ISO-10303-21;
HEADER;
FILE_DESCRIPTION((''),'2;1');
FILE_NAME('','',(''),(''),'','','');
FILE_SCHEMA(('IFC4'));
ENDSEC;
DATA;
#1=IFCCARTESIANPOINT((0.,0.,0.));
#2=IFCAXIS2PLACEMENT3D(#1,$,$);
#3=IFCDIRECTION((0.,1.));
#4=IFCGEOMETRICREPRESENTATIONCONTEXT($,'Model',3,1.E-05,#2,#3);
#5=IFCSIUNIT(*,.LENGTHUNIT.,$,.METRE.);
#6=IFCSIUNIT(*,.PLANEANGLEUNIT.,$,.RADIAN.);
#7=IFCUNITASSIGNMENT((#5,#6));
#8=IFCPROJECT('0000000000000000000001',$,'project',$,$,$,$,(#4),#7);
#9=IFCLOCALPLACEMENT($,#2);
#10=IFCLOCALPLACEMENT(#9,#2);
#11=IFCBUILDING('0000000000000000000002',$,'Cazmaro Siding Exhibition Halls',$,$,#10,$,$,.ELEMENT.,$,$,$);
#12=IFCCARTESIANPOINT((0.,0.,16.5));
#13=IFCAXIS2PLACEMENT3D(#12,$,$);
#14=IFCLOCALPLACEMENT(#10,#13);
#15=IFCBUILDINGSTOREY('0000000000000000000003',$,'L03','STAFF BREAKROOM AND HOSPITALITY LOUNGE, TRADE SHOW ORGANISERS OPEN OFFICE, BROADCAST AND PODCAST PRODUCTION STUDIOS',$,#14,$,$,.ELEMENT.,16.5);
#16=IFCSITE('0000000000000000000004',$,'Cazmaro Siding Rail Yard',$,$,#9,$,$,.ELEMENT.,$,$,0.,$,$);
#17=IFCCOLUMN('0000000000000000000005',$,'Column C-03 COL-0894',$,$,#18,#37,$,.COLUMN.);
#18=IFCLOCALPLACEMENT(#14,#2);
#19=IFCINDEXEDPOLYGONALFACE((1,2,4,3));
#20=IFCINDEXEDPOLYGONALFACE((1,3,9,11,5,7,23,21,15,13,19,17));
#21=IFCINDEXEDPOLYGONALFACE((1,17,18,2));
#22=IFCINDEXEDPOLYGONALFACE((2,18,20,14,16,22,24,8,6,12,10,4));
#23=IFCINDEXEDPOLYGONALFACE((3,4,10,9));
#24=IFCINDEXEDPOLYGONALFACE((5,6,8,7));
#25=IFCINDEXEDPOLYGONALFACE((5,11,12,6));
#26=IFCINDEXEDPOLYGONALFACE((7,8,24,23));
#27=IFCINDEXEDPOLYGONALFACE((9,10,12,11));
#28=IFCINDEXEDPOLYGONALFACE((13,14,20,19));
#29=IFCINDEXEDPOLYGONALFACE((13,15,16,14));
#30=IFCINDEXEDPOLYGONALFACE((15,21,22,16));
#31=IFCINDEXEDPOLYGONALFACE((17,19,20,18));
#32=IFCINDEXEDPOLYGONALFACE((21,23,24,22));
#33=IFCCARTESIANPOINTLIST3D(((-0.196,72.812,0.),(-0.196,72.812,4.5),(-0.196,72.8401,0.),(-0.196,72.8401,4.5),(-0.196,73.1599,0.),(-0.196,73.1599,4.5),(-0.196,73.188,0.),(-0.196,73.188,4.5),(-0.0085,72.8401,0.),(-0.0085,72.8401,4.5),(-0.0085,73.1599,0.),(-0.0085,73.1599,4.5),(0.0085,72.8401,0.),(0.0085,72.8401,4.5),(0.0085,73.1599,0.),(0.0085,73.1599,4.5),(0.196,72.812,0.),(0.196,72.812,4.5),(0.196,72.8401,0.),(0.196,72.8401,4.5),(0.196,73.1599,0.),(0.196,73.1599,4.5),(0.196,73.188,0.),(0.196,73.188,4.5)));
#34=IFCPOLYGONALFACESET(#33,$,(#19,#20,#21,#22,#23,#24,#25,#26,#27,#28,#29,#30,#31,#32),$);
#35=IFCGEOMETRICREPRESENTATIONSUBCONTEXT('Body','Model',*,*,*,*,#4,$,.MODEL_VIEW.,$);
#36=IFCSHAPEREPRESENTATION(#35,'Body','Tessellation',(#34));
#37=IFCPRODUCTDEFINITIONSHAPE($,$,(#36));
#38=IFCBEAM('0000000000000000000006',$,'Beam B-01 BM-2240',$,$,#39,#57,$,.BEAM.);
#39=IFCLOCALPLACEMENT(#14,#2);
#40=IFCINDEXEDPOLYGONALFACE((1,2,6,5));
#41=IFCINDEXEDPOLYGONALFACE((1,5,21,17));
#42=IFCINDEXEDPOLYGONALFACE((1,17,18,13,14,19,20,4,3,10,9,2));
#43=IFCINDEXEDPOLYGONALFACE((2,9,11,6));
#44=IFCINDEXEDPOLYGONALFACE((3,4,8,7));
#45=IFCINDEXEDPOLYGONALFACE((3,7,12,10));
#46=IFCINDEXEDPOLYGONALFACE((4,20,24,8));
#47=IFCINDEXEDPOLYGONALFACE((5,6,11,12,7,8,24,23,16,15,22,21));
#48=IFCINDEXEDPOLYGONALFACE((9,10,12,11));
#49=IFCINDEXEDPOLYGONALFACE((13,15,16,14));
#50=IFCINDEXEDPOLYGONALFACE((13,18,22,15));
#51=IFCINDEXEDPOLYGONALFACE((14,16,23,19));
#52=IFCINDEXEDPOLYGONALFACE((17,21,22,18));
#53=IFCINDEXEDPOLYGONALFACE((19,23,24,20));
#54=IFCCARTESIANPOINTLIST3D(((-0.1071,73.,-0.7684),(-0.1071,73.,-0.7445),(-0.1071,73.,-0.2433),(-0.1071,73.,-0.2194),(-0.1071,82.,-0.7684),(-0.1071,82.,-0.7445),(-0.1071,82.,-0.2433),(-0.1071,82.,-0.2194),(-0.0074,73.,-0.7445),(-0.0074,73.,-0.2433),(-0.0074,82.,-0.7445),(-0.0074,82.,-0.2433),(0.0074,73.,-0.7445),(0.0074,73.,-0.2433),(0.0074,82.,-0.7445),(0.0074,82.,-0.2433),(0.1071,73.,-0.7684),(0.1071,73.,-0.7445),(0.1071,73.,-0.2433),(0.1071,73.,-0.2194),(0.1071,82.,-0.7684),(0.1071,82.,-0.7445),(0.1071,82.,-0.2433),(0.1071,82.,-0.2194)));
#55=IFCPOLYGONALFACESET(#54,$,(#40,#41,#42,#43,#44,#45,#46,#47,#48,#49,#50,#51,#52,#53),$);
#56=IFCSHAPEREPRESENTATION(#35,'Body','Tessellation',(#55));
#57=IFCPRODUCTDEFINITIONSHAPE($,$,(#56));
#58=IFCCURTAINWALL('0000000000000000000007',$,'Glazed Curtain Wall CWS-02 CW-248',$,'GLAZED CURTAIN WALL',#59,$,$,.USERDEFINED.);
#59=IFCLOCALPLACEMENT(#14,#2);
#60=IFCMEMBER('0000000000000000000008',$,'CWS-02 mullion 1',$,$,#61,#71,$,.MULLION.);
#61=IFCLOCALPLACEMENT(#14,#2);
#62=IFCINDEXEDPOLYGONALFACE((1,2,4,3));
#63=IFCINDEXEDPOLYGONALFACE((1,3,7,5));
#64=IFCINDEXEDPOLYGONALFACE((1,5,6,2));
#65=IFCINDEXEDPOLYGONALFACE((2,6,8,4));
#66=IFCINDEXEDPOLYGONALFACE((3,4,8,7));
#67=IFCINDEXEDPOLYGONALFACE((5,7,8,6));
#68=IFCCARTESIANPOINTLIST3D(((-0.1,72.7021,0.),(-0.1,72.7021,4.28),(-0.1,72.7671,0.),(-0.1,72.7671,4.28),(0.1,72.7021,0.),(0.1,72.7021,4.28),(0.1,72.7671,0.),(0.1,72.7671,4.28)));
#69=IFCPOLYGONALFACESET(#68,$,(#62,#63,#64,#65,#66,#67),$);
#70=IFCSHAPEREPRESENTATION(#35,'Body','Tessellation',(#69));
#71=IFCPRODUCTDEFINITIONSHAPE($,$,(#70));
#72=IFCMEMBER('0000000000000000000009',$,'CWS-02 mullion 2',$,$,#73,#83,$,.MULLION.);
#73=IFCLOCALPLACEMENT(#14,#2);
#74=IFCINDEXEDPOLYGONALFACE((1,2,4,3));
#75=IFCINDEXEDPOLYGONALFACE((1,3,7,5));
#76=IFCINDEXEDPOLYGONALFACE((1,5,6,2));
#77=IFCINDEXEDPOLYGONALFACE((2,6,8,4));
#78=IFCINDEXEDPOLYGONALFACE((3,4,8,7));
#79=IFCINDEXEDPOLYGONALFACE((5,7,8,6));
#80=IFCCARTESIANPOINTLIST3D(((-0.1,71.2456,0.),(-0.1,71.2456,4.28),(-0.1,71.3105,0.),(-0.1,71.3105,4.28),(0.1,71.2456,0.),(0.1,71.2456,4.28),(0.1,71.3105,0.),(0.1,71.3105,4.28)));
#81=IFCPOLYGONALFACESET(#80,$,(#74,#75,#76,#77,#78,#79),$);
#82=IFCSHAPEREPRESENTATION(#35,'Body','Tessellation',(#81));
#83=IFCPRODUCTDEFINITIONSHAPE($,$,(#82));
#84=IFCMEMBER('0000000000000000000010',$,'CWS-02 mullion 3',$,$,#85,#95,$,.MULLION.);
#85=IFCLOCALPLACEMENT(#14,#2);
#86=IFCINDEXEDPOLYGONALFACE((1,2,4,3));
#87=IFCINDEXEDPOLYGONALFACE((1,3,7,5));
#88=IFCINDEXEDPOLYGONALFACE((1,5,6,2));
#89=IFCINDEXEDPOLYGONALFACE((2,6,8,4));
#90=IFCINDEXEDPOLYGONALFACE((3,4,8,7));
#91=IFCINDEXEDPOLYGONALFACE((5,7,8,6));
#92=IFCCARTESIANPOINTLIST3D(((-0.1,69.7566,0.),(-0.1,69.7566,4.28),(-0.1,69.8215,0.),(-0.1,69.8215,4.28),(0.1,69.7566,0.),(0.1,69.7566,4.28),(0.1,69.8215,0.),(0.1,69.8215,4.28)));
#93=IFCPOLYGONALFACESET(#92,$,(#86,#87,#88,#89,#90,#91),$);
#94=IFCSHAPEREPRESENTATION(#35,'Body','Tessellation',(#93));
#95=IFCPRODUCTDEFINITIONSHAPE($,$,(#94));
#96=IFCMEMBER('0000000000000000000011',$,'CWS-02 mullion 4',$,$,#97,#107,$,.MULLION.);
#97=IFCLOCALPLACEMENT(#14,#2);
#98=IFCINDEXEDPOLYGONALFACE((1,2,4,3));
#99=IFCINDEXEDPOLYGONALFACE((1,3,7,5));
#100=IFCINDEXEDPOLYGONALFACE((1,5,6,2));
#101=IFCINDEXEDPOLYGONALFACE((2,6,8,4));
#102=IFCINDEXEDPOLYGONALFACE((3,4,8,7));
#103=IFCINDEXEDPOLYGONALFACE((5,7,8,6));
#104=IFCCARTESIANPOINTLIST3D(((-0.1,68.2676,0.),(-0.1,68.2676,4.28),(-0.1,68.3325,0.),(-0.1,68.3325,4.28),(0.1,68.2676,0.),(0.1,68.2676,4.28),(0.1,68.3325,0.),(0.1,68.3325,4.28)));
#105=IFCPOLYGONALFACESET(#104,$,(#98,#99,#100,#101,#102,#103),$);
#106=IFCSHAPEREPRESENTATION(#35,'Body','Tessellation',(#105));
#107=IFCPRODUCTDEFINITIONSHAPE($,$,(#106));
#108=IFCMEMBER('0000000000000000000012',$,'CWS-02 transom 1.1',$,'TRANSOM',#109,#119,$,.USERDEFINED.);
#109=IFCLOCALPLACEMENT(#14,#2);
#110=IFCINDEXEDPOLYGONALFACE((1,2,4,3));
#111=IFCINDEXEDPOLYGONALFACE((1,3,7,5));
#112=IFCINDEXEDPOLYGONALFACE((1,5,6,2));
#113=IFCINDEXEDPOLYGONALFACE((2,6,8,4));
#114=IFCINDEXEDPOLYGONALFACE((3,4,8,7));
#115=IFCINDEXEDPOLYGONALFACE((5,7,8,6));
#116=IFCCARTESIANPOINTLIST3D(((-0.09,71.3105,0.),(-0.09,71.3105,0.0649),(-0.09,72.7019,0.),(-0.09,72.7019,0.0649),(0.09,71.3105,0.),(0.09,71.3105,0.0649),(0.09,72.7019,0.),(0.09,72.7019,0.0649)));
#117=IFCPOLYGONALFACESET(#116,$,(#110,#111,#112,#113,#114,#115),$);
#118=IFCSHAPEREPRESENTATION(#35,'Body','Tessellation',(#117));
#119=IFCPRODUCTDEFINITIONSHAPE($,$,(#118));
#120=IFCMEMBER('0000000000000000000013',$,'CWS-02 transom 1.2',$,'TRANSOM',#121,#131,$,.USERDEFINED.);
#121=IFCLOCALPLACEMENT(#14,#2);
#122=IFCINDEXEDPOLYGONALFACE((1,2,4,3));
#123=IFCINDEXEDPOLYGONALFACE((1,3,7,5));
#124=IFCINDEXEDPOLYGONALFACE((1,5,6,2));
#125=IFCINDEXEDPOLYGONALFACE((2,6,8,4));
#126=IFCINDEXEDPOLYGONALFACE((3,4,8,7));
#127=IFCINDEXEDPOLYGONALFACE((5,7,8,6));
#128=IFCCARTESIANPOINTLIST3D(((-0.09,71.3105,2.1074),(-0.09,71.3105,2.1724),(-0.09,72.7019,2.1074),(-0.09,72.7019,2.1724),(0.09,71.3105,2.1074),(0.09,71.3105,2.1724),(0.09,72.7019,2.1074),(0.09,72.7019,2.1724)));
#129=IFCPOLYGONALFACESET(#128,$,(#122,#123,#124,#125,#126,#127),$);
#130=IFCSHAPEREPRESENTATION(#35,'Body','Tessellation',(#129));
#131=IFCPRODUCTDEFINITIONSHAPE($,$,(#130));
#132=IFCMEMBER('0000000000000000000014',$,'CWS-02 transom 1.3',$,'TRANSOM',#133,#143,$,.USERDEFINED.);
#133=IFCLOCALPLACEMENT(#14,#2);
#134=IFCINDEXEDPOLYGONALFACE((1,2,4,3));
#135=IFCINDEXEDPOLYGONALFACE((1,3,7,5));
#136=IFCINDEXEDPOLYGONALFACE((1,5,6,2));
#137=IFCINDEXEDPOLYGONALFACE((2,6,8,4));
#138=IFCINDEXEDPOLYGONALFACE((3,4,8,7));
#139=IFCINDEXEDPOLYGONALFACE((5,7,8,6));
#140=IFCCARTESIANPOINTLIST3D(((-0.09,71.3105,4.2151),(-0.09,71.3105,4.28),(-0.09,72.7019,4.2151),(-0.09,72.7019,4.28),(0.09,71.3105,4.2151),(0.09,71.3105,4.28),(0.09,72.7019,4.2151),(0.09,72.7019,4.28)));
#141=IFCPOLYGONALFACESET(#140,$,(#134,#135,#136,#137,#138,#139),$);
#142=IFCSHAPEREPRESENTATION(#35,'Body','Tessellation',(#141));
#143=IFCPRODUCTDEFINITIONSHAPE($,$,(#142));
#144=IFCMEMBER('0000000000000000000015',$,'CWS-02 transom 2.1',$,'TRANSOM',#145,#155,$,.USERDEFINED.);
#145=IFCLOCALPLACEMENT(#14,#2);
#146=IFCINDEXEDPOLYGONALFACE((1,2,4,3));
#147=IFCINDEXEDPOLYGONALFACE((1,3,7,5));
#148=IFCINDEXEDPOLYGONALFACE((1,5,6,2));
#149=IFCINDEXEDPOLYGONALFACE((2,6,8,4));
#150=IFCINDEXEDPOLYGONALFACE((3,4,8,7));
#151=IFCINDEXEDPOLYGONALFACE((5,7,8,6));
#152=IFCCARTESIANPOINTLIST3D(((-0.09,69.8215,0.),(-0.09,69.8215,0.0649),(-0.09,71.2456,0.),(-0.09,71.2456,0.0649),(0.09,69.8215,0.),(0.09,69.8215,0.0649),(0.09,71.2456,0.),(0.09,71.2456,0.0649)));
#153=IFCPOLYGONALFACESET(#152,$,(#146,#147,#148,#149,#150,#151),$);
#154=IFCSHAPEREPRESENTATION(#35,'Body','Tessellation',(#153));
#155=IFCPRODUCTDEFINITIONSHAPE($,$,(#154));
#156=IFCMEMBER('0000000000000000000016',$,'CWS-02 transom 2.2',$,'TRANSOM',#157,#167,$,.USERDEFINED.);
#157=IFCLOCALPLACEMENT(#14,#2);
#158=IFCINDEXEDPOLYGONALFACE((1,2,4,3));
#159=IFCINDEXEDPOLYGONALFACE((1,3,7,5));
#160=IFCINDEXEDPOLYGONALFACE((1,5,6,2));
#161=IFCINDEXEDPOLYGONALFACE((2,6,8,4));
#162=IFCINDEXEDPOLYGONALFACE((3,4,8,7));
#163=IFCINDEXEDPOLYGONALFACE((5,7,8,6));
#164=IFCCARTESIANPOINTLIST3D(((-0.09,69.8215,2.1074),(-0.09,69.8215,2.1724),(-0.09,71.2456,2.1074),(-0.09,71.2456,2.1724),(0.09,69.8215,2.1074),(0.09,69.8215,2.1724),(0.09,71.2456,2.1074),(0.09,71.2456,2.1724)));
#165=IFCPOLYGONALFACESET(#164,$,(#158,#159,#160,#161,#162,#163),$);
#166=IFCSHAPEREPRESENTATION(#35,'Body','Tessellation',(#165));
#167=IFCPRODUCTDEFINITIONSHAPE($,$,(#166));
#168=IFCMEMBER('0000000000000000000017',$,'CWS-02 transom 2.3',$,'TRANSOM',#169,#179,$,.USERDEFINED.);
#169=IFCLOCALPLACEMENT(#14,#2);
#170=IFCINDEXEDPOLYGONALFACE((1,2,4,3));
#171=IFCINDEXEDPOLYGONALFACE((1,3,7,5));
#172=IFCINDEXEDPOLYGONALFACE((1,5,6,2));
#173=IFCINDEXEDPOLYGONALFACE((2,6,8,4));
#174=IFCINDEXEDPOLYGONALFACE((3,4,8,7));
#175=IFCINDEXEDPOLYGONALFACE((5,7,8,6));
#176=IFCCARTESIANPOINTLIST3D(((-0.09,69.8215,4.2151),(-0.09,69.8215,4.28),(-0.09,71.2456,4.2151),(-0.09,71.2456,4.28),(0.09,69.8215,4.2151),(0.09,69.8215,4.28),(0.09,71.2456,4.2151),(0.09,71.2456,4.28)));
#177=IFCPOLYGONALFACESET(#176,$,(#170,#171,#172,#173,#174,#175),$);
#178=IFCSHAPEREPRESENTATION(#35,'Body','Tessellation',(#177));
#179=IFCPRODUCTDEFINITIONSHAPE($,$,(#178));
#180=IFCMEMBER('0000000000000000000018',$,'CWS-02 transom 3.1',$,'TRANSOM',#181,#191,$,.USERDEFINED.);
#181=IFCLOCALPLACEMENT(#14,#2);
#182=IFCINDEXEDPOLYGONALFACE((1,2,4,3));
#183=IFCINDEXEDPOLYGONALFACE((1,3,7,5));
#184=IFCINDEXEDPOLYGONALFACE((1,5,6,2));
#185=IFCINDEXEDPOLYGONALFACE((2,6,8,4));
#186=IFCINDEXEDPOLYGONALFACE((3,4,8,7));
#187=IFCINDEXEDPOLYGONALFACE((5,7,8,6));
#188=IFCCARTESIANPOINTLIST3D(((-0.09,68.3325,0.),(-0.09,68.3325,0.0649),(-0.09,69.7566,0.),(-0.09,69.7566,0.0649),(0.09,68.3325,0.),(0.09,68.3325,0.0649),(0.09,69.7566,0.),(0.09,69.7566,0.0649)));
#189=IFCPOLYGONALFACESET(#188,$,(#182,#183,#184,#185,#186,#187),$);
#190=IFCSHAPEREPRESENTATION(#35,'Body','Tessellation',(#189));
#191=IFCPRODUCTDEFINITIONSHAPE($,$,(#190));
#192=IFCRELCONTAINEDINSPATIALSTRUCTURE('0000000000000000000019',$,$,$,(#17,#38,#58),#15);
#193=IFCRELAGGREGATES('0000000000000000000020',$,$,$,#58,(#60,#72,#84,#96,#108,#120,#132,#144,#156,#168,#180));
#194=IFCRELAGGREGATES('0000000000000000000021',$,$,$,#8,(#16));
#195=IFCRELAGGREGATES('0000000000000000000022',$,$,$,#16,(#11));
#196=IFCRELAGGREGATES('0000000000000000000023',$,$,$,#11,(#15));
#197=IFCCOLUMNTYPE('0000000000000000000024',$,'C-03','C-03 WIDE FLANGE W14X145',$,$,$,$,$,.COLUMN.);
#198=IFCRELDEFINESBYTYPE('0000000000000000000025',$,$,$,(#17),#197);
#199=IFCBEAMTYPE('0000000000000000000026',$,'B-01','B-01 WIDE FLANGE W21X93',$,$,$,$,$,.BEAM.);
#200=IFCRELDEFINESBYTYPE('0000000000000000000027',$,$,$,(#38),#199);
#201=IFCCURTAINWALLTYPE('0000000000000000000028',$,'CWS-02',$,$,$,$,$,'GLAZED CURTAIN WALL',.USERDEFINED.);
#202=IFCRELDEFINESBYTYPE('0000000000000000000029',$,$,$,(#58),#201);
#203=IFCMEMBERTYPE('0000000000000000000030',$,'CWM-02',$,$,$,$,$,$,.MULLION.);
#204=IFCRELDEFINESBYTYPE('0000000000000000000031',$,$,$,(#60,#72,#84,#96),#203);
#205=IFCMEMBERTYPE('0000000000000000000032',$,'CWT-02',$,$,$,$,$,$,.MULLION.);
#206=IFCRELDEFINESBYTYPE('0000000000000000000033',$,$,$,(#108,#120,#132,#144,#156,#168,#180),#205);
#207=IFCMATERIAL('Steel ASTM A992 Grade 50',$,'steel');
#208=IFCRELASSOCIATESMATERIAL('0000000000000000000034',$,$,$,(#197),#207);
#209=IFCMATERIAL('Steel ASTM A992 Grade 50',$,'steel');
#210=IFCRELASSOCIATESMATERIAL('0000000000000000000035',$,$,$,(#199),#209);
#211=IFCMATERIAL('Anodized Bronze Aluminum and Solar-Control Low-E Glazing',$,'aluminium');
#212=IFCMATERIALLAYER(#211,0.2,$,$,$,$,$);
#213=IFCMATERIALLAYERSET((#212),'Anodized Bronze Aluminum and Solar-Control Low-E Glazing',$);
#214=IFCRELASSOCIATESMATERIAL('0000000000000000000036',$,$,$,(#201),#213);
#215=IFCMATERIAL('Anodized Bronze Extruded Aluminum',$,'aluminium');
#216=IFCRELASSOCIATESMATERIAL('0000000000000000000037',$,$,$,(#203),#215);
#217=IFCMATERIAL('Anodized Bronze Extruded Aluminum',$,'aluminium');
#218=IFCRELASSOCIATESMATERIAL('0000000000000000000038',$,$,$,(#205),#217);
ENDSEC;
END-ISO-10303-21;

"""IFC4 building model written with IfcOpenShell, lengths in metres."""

from ifc_helpers import new_model, si_unit, direction, frame, origin, origin_2d, place, context, subcontext, project, spatial, rectangle, i_section, extrude, material, layer, layer_set, material_profile, profile_set, type_object, element, aggregate, save


model = new_model("IFC4")

# Units and contexts
model_context = context("Model", 3, precision=1e-05, world=origin(), true_north=direction((0.0, 1.0)))
body_context = subcontext(model_context, "Body", "Model", "MODEL_VIEW")
ifc_project = project(units=[si_unit("LENGTHUNIT", "METRE"), si_unit("PLANEANGLEUNIT", "RADIAN")], contexts=[model_context])

# Site, building, storey
site_placement = place(None, origin())
site = spatial("IfcSite", under=ifc_project, at=site_placement, Name="Cazmaro Siding Rail Yard", CompositionType="ELEMENT", RefElevation=0.0)
building_placement = place(site_placement, origin())
building = spatial("IfcBuilding", under=site, at=building_placement, Name="Cazmaro Siding Exhibition Halls", CompositionType="ELEMENT")
storey_placement = place(building_placement, frame((0.0, 0.0, 16.5)))
storey = spatial("IfcBuildingStorey", under=building, at=storey_placement, Name="L03", Description="STAFF BREAKROOM AND HOSPITALITY LOUNGE, TRADE SHOW ORGANISERS OPEN OFFICE, BROADCAST AND PODCAST PRODUCTION STUDIOS", CompositionType="ELEMENT", Elevation=16.5)

# Column
ifc_material_1 = material(Name="Steel ASTM A992 Grade 50", Category="steel")
ifc_material_profile_1 = material_profile(ifc_material_1, i_section(OverallWidth=0.3921, OverallDepth=0.376, WebThickness=0.0171, FlangeThickness=0.0281, at=origin_2d()), Name="W14X145")
ifc_profile_set_1 = profile_set([ifc_material_profile_1], Name="Steel ASTM A992 Grade 50")
column_type = type_object("IfcColumnType", Name="C-03", Description="C-03 WIDE FLANGE W14X145", PredefinedType="COLUMN", material=ifc_profile_set_1)
column_placement = place(storey_placement, frame((0.0, 73.0, 0.0), z_axis=(0.0, 0.0, 1.0), x_axis=(1.0, 0.0, 0.0)))
element("IfcColumn", 1, at=column_placement, inside=storey, type_object=column_type, Name="Column C-03 COL-0894", PredefinedType="COLUMN", context=body_context, shape_type="SweptSolid", body=[
    extrude(i_section(OverallWidth=0.3921, OverallDepth=0.376, WebThickness=0.0171, FlangeThickness=0.0281, at=origin_2d()), origin(), (0.0, 0.0, 1.0), 4.5),
])

# Beam
ifc_material_2 = material(Name="Steel ASTM A992 Grade 50", Category="steel")
ifc_material_profile_2 = material_profile(ifc_material_2, i_section(OverallWidth=0.2141, OverallDepth=0.5491, WebThickness=0.0149, FlangeThickness=0.0239, at=origin_2d()), Name="W21X93")
ifc_profile_set_2 = profile_set([ifc_material_profile_2], Name="Steel ASTM A992 Grade 50")
beam_type_1 = type_object("IfcBeamType", Name="B-01", Description="B-01 WIDE FLANGE W21X93", PredefinedType="BEAM", material=ifc_profile_set_2)
beam_1_placement = place(storey_placement, frame((0.0, 73.0, -0.4939), z_axis=(0.0, 1.0, 0.0), x_axis=(-1.0, 0.0, 0.0)))
element("IfcBeam", 2, at=beam_1_placement, inside=storey, type_object=beam_type_1, Name="Beam B-01 BM-2240", PredefinedType="BEAM", context=body_context, shape_type="SweptSolid", body=[
    extrude(i_section(OverallWidth=0.2141, OverallDepth=0.5491, WebThickness=0.0149, FlangeThickness=0.0239, at=origin_2d()), origin(), (0.0, 0.0, 1.0), 9.0),
])

# Curtain wall, members
ifc_material_3 = material(Name="Anodized Bronze Aluminum and Solar-Control Low-E Glazing", Category="aluminium")
ifc_layer_1 = layer(ifc_material_3, 0.2)
ifc_layer_set_1 = layer_set([ifc_layer_1], Name="Anodized Bronze Aluminum and Solar-Control Low-E Glazing")
curtain_wall_type = type_object("IfcCurtainWallType", Name="CWS-02", ElementType="GLAZED CURTAIN WALL", PredefinedType="USERDEFINED", material=ifc_layer_set_1)
curtain_wall_placement = place(storey_placement, origin())
curtain_wall = element("IfcCurtainWall", 3, at=curtain_wall_placement, inside=storey, type_object=curtain_wall_type, Name="Glazed Curtain Wall CWS-02 CW-248", ObjectType="GLAZED CURTAIN WALL", PredefinedType="USERDEFINED")
ifc_material_4 = material(Name="Anodized Bronze Extruded Aluminum", Category="aluminium")
ifc_material_profile_3 = material_profile(ifc_material_4, rectangle(XDim=0.2, YDim=0.0649, at=origin_2d()), Name="CWM-02")
ifc_profile_set_3 = profile_set([ifc_material_profile_3], Name="Anodized Bronze Extruded Aluminum")
member_type_1 = type_object("IfcMemberType", Name="CWM-02", PredefinedType="MULLION", material=ifc_profile_set_3)
member_1_placement = place(storey_placement, frame((0.0, 72.7346, 0.0), z_axis=(0.0, 0.0, 1.0), x_axis=(1.0, 0.0, 0.0)))
member_1 = element("IfcMember", 4, at=member_1_placement, type_object=member_type_1, Name="CWS-02 mullion 1", PredefinedType="MULLION", context=body_context, shape_type="SweptSolid", body=[
    extrude(rectangle(XDim=0.2, YDim=0.0649, at=origin_2d()), origin(), (0.0, 0.0, 1.0), 4.28),
])
member_2_placement = place(storey_placement, frame((0.0, 71.2781, 0.0), z_axis=(0.0, 0.0, 1.0), x_axis=(1.0, 0.0, 0.0)))
member_2 = element("IfcMember", 5, at=member_2_placement, type_object=member_type_1, Name="CWS-02 mullion 2", PredefinedType="MULLION", context=body_context, shape_type="SweptSolid", body=[
    extrude(rectangle(XDim=0.2, YDim=0.0649, at=origin_2d()), origin(), (0.0, 0.0, 1.0), 4.28),
])
member_3_placement = place(storey_placement, frame((0.0, 69.7891, 0.0), z_axis=(0.0, 0.0, 1.0), x_axis=(1.0, 0.0, 0.0)))
member_3 = element("IfcMember", 6, at=member_3_placement, type_object=member_type_1, Name="CWS-02 mullion 3", PredefinedType="MULLION", context=body_context, shape_type="SweptSolid", body=[
    extrude(rectangle(XDim=0.2, YDim=0.0649, at=origin_2d()), origin(), (0.0, 0.0, 1.0), 4.28),
])
member_4_placement = place(storey_placement, frame((0.0, 68.3, 0.0), z_axis=(0.0, 0.0, 1.0), x_axis=(1.0, 0.0, 0.0)))
member_4 = element("IfcMember", 7, at=member_4_placement, type_object=member_type_1, Name="CWS-02 mullion 4", PredefinedType="MULLION", context=body_context, shape_type="SweptSolid", body=[
    extrude(rectangle(XDim=0.2, YDim=0.0649, at=origin_2d()), origin(), (0.0, 0.0, 1.0), 4.28),
])
ifc_material_5 = material(Name="Anodized Bronze Extruded Aluminum", Category="aluminium")
ifc_material_profile_4 = material_profile(ifc_material_5, rectangle(XDim=0.1799, YDim=0.0649, at=origin_2d()), Name="CWT-02")
ifc_profile_set_4 = profile_set([ifc_material_profile_4], Name="Anodized Bronze Extruded Aluminum")
member_type_2 = type_object("IfcMemberType", Name="CWT-02", PredefinedType="MULLION", material=ifc_profile_set_4)
member_5_placement = place(storey_placement, frame((0.0, 72.7019, 0.0325), z_axis=(0.0, -1.0, 0.0), x_axis=(1.0, 0.0, 0.0)))
member_5 = element("IfcMember", 8, at=member_5_placement, type_object=member_type_2, Name="CWS-02 transom 1.1", ObjectType="TRANSOM", PredefinedType="USERDEFINED", context=body_context, shape_type="SweptSolid", body=[
    extrude(rectangle(XDim=0.1799, YDim=0.0649, at=origin_2d()), origin(), (0.0, 0.0, 1.0), 1.3914),
])
member_6_placement = place(storey_placement, frame((0.0, 72.7019, 2.1399), z_axis=(0.0, -1.0, 0.0), x_axis=(1.0, 0.0, 0.0)))
member_6 = element("IfcMember", 9, at=member_6_placement, type_object=member_type_2, Name="CWS-02 transom 1.2", ObjectType="TRANSOM", PredefinedType="USERDEFINED", context=body_context, shape_type="SweptSolid", body=[
    extrude(rectangle(XDim=0.1799, YDim=0.0649, at=origin_2d()), origin(), (0.0, 0.0, 1.0), 1.3914),
])
member_7_placement = place(storey_placement, frame((0.0, 72.7019, 4.2476), z_axis=(0.0, -1.0, 0.0), x_axis=(1.0, 0.0, 0.0)))
member_7 = element("IfcMember", 10, at=member_7_placement, type_object=member_type_2, Name="CWS-02 transom 1.3", ObjectType="TRANSOM", PredefinedType="USERDEFINED", context=body_context, shape_type="SweptSolid", body=[
    extrude(rectangle(XDim=0.1799, YDim=0.0649, at=origin_2d()), origin(), (0.0, 0.0, 1.0), 1.3914),
])
member_8_placement = place(storey_placement, frame((0.0, 71.2456, 0.0325), z_axis=(0.0, -1.0, 0.0), x_axis=(1.0, 0.0, 0.0)))
member_8 = element("IfcMember", 11, at=member_8_placement, type_object=member_type_2, Name="CWS-02 transom 2.1", ObjectType="TRANSOM", PredefinedType="USERDEFINED", context=body_context, shape_type="SweptSolid", body=[
    extrude(rectangle(XDim=0.1799, YDim=0.0649, at=origin_2d()), origin(), (0.0, 0.0, 1.0), 1.4241),
])
member_9_placement = place(storey_placement, frame((0.0, 71.2456, 2.1399), z_axis=(0.0, -1.0, 0.0), x_axis=(1.0, 0.0, 0.0)))
member_9 = element("IfcMember", 12, at=member_9_placement, type_object=member_type_2, Name="CWS-02 transom 2.2", ObjectType="TRANSOM", PredefinedType="USERDEFINED", context=body_context, shape_type="SweptSolid", body=[
    extrude(rectangle(XDim=0.1799, YDim=0.0649, at=origin_2d()), origin(), (0.0, 0.0, 1.0), 1.4241),
])
member_10_placement = place(storey_placement, frame((0.0, 71.2456, 4.2476), z_axis=(0.0, -1.0, 0.0), x_axis=(1.0, 0.0, 0.0)))
member_10 = element("IfcMember", 13, at=member_10_placement, type_object=member_type_2, Name="CWS-02 transom 2.3", ObjectType="TRANSOM", PredefinedType="USERDEFINED", context=body_context, shape_type="SweptSolid", body=[
    extrude(rectangle(XDim=0.1799, YDim=0.0649, at=origin_2d()), origin(), (0.0, 0.0, 1.0), 1.4241),
])
member_11_placement = place(storey_placement, frame((0.0, 69.7566, 0.0325), z_axis=(0.0, -1.0, 0.0), x_axis=(1.0, 0.0, 0.0)))
member_11 = element("IfcMember", 14, at=member_11_placement, type_object=member_type_2, Name="CWS-02 transom 3.1", ObjectType="TRANSOM", PredefinedType="USERDEFINED", context=body_context, shape_type="SweptSolid", body=[
    extrude(rectangle(XDim=0.1799, YDim=0.0649, at=origin_2d()), origin(), (0.0, 0.0, 1.0), 1.4241),
])

aggregate(curtain_wall, [member_1, member_2, member_3, member_4, member_5, member_6, member_7, member_8, member_9, member_10, member_11])

save(model, "model.ifc")
